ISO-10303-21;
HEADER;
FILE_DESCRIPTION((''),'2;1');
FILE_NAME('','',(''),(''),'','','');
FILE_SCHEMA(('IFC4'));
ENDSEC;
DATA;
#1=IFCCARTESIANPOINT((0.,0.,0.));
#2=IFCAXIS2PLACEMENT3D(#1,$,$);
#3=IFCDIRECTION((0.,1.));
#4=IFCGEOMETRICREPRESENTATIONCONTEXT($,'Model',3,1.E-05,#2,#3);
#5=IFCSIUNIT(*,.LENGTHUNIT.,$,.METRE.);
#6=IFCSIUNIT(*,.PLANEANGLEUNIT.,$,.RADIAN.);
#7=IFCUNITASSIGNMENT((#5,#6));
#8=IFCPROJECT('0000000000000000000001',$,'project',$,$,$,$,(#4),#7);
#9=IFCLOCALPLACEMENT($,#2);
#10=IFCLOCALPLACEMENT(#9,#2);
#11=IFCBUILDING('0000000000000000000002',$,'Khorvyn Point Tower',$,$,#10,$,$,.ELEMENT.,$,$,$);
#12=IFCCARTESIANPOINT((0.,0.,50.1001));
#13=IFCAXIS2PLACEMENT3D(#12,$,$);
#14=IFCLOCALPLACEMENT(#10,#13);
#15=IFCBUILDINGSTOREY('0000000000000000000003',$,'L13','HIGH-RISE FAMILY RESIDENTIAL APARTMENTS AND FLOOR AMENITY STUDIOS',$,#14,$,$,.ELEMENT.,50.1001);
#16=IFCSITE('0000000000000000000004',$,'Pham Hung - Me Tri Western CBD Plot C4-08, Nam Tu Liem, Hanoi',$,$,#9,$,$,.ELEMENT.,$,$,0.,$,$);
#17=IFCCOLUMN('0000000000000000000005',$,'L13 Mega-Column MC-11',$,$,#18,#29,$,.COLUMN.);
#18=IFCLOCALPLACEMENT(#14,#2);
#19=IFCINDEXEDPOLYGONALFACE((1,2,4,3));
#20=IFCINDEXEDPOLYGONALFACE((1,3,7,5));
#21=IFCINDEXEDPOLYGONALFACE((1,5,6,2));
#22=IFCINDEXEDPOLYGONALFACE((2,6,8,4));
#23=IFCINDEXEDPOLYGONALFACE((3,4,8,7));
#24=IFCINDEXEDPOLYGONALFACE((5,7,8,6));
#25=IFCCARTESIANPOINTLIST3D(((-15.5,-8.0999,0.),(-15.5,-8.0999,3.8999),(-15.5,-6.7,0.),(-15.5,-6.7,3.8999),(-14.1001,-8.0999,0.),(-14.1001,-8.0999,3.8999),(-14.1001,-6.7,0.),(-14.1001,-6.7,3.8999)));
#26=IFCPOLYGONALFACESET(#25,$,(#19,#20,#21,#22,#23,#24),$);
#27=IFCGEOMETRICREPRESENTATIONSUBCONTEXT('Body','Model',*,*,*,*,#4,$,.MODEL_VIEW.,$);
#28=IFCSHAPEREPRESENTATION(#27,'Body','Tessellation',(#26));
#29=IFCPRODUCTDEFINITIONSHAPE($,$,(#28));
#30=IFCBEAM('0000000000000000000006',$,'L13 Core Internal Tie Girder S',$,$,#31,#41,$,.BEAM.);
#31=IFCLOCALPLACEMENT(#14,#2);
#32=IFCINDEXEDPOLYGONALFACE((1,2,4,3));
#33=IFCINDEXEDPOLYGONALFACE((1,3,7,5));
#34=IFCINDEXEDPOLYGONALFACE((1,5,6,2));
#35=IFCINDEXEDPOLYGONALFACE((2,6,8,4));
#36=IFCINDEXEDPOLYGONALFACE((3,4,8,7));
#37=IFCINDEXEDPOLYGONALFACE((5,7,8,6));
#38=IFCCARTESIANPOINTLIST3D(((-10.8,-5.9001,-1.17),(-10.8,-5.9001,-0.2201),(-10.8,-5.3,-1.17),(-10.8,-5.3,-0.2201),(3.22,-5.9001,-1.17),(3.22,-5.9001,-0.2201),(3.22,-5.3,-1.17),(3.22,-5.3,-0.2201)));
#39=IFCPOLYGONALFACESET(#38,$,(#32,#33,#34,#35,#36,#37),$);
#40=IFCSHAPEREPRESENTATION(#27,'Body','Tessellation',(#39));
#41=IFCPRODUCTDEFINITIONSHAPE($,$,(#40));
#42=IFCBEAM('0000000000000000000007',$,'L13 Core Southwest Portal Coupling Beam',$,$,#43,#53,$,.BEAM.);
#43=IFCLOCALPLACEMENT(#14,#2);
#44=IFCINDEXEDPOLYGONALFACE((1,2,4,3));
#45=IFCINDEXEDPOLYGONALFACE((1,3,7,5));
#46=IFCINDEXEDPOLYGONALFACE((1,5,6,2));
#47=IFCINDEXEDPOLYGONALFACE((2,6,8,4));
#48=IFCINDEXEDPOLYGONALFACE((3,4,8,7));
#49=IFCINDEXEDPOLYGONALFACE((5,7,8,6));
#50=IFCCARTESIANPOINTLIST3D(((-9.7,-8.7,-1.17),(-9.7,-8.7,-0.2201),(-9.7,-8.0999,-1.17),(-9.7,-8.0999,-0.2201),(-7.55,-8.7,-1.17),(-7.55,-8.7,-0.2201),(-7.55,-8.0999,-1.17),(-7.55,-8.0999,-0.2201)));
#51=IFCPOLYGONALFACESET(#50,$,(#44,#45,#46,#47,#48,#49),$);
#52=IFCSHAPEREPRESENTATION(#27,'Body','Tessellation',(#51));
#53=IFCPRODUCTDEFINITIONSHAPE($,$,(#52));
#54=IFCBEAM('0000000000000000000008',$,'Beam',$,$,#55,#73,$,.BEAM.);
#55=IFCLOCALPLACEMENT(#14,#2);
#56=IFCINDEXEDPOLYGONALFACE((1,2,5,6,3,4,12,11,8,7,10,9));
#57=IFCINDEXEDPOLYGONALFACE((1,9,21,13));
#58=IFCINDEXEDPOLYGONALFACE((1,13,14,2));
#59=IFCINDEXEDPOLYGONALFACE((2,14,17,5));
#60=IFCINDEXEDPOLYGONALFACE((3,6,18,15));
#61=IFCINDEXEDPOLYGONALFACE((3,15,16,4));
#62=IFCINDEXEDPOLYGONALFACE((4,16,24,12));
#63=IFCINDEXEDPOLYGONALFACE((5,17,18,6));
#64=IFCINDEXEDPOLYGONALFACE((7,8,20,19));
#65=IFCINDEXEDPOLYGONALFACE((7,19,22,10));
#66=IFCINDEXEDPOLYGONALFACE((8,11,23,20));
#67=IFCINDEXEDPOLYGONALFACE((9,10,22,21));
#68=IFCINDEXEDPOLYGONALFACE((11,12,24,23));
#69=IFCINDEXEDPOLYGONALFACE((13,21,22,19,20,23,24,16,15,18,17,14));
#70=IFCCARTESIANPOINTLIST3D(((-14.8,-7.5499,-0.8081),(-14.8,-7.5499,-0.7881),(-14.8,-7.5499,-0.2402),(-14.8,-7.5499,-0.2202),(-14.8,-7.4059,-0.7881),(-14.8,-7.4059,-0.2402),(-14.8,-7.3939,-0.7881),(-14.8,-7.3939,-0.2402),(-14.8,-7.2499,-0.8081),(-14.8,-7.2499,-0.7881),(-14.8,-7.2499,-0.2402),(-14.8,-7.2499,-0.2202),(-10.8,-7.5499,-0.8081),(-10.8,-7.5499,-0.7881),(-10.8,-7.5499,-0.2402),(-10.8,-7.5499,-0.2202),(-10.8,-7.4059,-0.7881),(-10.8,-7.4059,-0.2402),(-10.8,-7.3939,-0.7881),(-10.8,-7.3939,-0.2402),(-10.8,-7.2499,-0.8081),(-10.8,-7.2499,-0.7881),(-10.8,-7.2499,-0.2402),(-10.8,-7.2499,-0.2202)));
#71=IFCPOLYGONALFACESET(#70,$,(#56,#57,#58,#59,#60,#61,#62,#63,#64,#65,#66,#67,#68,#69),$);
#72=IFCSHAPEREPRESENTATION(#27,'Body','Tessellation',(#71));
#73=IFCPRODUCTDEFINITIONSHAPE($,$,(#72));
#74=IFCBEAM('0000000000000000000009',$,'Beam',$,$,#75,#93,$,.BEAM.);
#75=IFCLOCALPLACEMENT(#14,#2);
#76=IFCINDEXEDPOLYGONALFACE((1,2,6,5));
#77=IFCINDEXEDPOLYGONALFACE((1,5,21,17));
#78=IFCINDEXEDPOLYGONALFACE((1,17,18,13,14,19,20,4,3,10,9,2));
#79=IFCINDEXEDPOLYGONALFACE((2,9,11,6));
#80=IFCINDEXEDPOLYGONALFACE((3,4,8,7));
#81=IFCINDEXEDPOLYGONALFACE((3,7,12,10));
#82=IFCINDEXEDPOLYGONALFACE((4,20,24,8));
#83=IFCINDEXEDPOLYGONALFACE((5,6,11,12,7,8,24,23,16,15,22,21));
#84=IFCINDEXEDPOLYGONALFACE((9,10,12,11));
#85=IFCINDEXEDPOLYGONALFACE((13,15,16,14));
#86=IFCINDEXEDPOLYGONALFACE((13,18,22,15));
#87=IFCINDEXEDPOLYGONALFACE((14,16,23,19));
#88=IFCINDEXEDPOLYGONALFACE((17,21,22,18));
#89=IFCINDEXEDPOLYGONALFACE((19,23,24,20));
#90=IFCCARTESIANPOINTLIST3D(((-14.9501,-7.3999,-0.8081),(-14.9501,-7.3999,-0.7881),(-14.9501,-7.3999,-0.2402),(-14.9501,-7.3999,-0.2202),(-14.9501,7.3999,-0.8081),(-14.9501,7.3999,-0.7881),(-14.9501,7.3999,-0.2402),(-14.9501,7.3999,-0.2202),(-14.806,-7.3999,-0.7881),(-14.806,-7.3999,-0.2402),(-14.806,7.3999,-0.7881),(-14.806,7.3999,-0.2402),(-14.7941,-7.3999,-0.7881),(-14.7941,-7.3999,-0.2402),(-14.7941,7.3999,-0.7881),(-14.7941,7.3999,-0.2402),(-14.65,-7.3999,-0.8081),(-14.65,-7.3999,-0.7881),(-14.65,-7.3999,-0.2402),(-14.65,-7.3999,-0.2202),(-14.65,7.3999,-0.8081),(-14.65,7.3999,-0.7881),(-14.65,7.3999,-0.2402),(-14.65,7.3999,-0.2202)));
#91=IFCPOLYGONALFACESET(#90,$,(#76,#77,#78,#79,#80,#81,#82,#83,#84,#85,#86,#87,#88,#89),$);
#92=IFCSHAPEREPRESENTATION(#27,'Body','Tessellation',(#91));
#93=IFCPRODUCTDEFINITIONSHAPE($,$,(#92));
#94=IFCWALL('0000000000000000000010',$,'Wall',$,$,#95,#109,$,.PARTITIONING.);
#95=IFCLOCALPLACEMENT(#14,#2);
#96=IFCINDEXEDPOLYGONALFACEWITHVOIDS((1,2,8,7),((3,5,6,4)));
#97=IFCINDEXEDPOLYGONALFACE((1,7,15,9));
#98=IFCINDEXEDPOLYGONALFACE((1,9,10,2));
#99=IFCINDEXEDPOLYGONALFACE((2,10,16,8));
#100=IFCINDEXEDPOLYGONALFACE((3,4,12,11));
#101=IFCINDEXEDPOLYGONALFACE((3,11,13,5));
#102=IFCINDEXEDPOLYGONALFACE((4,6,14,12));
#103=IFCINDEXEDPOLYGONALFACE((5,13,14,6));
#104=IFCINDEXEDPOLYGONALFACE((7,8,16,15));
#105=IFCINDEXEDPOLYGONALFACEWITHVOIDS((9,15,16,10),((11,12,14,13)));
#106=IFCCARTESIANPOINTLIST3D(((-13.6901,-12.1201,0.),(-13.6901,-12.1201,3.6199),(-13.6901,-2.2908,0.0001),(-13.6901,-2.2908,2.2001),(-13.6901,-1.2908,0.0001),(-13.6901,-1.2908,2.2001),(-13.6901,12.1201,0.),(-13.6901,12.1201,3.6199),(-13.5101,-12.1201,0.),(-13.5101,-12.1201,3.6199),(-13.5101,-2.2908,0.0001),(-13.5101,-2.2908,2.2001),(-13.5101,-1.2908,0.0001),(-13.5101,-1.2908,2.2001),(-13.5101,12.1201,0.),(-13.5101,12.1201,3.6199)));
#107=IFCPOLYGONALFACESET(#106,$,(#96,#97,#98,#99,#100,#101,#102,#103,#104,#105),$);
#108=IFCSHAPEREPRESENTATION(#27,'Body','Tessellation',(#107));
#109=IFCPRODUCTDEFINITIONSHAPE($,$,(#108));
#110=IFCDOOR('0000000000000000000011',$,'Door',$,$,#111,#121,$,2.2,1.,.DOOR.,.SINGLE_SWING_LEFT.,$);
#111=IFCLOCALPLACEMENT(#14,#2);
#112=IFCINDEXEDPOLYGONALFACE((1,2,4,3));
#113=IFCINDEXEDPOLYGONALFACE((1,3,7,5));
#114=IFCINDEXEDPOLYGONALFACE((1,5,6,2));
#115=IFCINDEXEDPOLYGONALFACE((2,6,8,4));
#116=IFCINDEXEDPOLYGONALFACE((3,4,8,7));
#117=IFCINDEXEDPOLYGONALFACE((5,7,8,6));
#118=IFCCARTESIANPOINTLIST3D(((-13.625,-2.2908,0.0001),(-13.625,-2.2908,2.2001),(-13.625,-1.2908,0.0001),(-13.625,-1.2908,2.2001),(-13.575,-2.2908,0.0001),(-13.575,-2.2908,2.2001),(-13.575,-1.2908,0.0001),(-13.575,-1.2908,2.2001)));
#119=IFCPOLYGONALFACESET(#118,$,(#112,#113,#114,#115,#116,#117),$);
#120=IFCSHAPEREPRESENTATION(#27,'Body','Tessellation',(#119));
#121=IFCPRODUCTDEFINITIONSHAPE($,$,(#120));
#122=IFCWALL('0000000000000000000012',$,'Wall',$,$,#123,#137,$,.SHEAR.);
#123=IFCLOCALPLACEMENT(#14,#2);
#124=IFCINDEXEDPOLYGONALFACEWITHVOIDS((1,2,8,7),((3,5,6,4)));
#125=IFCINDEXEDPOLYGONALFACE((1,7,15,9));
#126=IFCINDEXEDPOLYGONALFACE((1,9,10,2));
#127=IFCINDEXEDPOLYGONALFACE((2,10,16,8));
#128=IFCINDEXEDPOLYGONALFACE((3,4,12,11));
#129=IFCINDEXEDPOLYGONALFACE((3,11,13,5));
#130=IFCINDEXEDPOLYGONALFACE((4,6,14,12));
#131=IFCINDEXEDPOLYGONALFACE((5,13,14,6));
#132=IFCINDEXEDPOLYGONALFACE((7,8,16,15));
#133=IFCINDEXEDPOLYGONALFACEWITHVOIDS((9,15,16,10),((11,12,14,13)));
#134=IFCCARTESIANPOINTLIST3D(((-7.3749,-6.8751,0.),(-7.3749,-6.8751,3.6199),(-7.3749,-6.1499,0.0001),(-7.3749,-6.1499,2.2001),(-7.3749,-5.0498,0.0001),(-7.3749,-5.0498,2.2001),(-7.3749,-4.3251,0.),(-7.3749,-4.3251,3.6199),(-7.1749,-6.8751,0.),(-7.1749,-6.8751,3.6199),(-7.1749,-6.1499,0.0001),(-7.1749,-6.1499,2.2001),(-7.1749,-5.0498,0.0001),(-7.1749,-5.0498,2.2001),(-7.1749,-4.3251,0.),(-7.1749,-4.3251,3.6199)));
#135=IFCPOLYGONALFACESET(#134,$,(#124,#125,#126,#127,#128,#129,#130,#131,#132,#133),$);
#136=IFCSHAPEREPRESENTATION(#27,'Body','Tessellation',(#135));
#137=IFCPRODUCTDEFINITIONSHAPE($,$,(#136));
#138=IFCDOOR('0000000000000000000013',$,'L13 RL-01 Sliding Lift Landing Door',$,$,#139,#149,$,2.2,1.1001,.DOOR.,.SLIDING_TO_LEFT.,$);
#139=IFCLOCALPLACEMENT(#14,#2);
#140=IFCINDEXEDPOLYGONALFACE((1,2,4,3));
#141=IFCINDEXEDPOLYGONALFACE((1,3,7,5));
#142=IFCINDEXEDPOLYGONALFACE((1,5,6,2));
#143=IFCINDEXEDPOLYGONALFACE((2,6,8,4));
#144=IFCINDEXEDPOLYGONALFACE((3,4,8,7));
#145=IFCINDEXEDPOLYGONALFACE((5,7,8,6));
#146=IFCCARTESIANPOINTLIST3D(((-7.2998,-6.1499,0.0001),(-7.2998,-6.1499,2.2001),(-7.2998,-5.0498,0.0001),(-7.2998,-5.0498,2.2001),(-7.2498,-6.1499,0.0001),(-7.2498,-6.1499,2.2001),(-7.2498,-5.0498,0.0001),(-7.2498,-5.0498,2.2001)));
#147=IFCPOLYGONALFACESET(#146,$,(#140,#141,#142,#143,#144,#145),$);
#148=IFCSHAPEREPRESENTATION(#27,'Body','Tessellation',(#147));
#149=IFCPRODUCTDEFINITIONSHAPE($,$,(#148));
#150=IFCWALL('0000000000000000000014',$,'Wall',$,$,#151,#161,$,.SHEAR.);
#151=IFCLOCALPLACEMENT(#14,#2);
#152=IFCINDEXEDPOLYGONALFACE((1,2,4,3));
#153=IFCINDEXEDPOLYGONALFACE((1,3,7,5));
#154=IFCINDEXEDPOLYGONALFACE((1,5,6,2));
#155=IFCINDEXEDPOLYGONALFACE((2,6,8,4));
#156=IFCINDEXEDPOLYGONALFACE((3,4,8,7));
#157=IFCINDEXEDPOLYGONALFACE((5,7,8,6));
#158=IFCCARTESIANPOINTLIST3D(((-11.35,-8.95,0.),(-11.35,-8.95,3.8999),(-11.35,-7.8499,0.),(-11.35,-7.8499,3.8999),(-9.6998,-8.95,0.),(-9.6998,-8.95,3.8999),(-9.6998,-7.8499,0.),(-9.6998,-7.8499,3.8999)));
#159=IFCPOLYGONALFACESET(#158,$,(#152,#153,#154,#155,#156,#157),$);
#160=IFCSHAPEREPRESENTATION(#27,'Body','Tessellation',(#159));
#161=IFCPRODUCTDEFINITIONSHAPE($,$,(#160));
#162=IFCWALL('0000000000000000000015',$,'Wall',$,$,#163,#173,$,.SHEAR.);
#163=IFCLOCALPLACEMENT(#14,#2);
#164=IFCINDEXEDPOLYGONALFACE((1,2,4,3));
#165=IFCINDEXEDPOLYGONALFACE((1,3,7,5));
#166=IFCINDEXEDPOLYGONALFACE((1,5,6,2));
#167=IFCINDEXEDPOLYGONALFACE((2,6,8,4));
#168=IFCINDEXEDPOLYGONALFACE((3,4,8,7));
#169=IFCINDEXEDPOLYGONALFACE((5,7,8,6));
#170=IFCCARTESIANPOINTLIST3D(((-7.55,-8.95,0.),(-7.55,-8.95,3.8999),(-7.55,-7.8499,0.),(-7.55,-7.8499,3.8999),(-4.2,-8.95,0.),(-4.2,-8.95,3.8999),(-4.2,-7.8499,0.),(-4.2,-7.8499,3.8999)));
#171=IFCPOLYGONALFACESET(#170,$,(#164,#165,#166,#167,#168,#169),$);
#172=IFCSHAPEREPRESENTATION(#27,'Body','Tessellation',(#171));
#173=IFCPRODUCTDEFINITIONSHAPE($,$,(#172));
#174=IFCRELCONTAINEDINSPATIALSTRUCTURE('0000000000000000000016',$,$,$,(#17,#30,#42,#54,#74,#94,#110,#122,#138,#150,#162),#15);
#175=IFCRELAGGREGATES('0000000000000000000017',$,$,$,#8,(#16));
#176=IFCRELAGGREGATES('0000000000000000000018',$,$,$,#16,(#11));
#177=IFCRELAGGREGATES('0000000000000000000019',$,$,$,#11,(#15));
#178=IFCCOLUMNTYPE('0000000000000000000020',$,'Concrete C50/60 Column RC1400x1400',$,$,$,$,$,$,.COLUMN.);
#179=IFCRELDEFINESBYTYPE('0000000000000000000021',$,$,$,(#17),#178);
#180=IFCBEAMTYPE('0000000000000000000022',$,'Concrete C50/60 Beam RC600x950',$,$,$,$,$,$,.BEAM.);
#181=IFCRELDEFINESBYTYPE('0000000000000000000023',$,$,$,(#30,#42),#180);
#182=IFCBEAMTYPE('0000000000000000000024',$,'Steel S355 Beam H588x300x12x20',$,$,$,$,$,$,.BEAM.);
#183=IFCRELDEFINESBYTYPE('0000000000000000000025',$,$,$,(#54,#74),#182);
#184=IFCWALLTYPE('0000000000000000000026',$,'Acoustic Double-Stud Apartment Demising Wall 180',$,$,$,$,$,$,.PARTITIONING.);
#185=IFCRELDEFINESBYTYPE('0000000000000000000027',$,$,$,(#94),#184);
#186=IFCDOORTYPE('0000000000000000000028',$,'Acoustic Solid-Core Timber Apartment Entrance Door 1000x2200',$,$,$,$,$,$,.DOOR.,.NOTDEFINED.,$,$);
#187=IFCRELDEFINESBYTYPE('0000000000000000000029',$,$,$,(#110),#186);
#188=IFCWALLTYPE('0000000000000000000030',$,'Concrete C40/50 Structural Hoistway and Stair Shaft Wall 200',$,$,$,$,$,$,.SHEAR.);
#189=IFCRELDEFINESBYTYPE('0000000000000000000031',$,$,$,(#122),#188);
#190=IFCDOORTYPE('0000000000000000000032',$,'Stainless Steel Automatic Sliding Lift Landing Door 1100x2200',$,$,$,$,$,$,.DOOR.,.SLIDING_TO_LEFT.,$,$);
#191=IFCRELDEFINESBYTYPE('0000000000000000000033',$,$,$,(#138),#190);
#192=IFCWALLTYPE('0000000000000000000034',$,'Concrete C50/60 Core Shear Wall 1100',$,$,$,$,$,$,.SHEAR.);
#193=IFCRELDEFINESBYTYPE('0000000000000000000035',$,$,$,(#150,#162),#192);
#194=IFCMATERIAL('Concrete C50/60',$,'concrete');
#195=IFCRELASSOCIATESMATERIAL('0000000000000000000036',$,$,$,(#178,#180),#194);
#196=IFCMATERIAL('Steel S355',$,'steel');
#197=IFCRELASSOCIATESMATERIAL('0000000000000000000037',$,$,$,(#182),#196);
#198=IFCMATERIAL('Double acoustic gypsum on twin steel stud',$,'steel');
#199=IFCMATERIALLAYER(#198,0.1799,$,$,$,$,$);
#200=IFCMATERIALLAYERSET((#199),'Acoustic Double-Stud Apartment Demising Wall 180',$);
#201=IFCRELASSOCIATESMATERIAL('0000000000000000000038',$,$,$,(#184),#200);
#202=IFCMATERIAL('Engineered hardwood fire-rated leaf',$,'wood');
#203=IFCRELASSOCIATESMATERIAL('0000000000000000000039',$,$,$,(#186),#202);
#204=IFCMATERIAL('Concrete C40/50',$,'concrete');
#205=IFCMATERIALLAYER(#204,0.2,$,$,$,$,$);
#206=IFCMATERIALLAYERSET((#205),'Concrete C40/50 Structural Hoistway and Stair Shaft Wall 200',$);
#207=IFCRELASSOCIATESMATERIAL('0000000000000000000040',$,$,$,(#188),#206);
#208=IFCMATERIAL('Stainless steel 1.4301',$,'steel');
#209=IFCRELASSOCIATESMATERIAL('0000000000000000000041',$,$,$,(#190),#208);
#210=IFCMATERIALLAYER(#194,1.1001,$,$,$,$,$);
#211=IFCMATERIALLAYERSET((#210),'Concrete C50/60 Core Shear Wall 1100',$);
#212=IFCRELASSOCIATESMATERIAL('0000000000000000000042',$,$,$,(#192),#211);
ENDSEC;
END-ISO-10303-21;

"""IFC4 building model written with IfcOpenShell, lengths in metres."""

from ifc_helpers import new_model, si_unit, direction, frame, frame_2d, origin, origin_2d, place, context, subcontext, project, spatial, rectangle, i_section, extrude, material, layer, layer_set, material_profile, profile_set, type_object, element, fill, save


model = new_model("IFC4")

# Units and contexts
model_context = context("Model", 3, precision=1e-05, world=origin(), true_north=direction((0.0, 1.0)))
body_context = subcontext(model_context, "Body", "Model", "MODEL_VIEW")
ifc_project = project(units=[si_unit("LENGTHUNIT", "METRE"), si_unit("PLANEANGLEUNIT", "RADIAN")], contexts=[model_context])

# Site, building, storey
site_placement = place(None, origin())
site = spatial("IfcSite", under=ifc_project, at=site_placement, Name="Pham Hung - Me Tri Western CBD Plot C4-08, Nam Tu Liem, Hanoi", CompositionType="ELEMENT", RefElevation=0.0)
building_placement = place(site_placement, origin())
building = spatial("IfcBuilding", under=site, at=building_placement, Name="Khorvyn Point Tower", CompositionType="ELEMENT")
storey_placement = place(building_placement, frame((0.0, 0.0, 50.1001)))
storey = spatial("IfcBuildingStorey", under=building, at=storey_placement, Name="L13", Description="HIGH-RISE FAMILY RESIDENTIAL APARTMENTS AND FLOOR AMENITY STUDIOS", CompositionType="ELEMENT", Elevation=50.1001)

# Column
ifc_material_1 = material(Name="Concrete C50/60", Category="concrete")
ifc_material_profile_1 = material_profile(ifc_material_1, rectangle(XDim=1.3999, YDim=1.3999, at=origin_2d()))
ifc_profile_set_1 = profile_set([ifc_material_profile_1], Name="Concrete C50/60 RC1400x1400")
column_type = type_object("IfcColumnType", Name="Concrete C50/60 Column RC1400x1400", PredefinedType="COLUMN", material=ifc_profile_set_1)
column_placement = place(storey_placement, frame((-14.8, -7.3999, 0.0), z_axis=(0.0, 0.0, 1.0), x_axis=(1.0, 0.0, 0.0)))
element("IfcColumn", 1, at=column_placement, inside=storey, type_object=column_type, Name="L13 Mega-Column MC-11", PredefinedType="COLUMN", context=body_context, shape_type="SweptSolid", body=[
    extrude(rectangle(XDim=1.3999, YDim=1.3999, at=origin_2d()), origin(), (0.0, 0.0, 1.0), 3.8999),
])

# Beams
ifc_material_profile_2 = material_profile(ifc_material_1, rectangle(XDim=0.6001, YDim=0.95, at=origin_2d()))
ifc_profile_set_2 = profile_set([ifc_material_profile_2], Name="Concrete C50/60 RC600x950")
beam_type_1 = type_object("IfcBeamType", Name="Concrete C50/60 Beam RC600x950", PredefinedType="BEAM", material=ifc_profile_set_2)
beam_1_placement = place(storey_placement, frame((-10.8, -5.6001, -0.6951), z_axis=(1.0, 0.0, 0.0), x_axis=(0.0, 1.0, 0.0)))
element("IfcBeam", 2, at=beam_1_placement, inside=storey, type_object=beam_type_1, Name="L13 Core Internal Tie Girder S", PredefinedType="BEAM", context=body_context, shape_type="SweptSolid", body=[
    extrude(rectangle(XDim=0.6001, YDim=0.95, at=origin_2d()), origin(), (0.0, 0.0, 1.0), 14.02),
])
beam_2_placement = place(storey_placement, frame((-9.7, -8.3999, -0.6951), z_axis=(1.0, 0.0, 0.0), x_axis=(0.0, 1.0, 0.0)))
element("IfcBeam", 3, at=beam_2_placement, inside=storey, type_object=beam_type_1, Name="L13 Core Southwest Portal Coupling Beam", PredefinedType="BEAM", context=body_context, shape_type="SweptSolid", body=[
    extrude(rectangle(XDim=0.6001, YDim=0.95, at=origin_2d()), origin(), (0.0, 0.0, 1.0), 2.1499),
])
ifc_material_2 = material(Name="Steel S355", Category="steel")
ifc_material_profile_3 = material_profile(ifc_material_2, i_section(OverallWidth=0.3, OverallDepth=0.5879, WebThickness=0.012, FlangeThickness=0.02, at=origin_2d()))
ifc_profile_set_3 = profile_set([ifc_material_profile_3], Name="Steel S355 H588x300x12x20")
beam_type_2 = type_object("IfcBeamType", Name="Steel S355 Beam H588x300x12x20", PredefinedType="BEAM", material=ifc_profile_set_3)
beam_3_placement = place(storey_placement, frame((-14.8, -7.3999, -0.5142), z_axis=(1.0, 0.0, 0.0), x_axis=(0.0, 1.0, 0.0)))
element("IfcBeam", 4, at=beam_3_placement, inside=storey, type_object=beam_type_2, Name="Beam", PredefinedType="BEAM", context=body_context, shape_type="SweptSolid", body=[
    extrude(i_section(OverallWidth=0.3, OverallDepth=0.5879, WebThickness=0.012, FlangeThickness=0.02, at=origin_2d()), origin(), (0.0, 0.0, 1.0), 4.0),
])
beam_4_placement = place(storey_placement, frame((-14.8, -7.3999, -0.5142), z_axis=(0.0, 1.0, 0.0), x_axis=(-1.0, 0.0, 0.0)))
element("IfcBeam", 5, at=beam_4_placement, inside=storey, type_object=beam_type_2, Name="Beam", PredefinedType="BEAM", context=body_context, shape_type="SweptSolid", body=[
    extrude(i_section(OverallWidth=0.3, OverallDepth=0.5879, WebThickness=0.012, FlangeThickness=0.02, at=origin_2d()), origin(), (0.0, 0.0, 1.0), 14.7998),
])

# Walls, openings, doors
ifc_material_3 = material(Name="Double acoustic gypsum on twin steel stud", Category="steel")
ifc_layer_1 = layer(ifc_material_3, 0.1799)
ifc_layer_set_1 = layer_set([ifc_layer_1], Name="Acoustic Double-Stud Apartment Demising Wall 180")
wall_type_1 = type_object("IfcWallType", Name="Acoustic Double-Stud Apartment Demising Wall 180", PredefinedType="PARTITIONING", material=ifc_layer_set_1)
wall_1_placement = place(storey_placement, frame((-13.6001, -12.1201, 0.0), z_axis=(0.0, 0.0, 1.0), x_axis=(0.0, 1.0, 0.0)))
wall_1 = element("IfcWall", 6, at=wall_1_placement, inside=storey, type_object=wall_type_1, Name="Wall", PredefinedType="PARTITIONING", context=body_context, shape_type="SweptSolid", body=[
    extrude(rectangle(XDim=24.2402, YDim=0.1799, at=frame_2d((12.1201, 0.0))), origin(), (0.0, 0.0, 1.0), 3.6199),
])
opening_1_placement = place(wall_1_placement, frame((9.8293, 0.0, 0.0)))
opening_1 = element("IfcOpeningElement", 7, at=opening_1_placement, cuts=wall_1, PredefinedType="OPENING", context=body_context, shape_type="SweptSolid", body=[
    extrude(rectangle(XDim=1.0, YDim=2.2, at=frame_2d((0.5, 1.1001))), frame((0.0, 0.0999, 0.0), z_axis=(0.0, -1.0, 0.0), x_axis=(1.0, 0.0, 0.0)), (0.0, 0.0, 1.0), 0.2),
])
ifc_material_4 = material(Name="Engineered hardwood fire-rated leaf", Category="wood")
door_type_1 = type_object("IfcDoorType", Name="Acoustic Solid-Core Timber Apartment Entrance Door 1000x2200", OperationType="NOTDEFINED", PredefinedType="DOOR", material=ifc_material_4)
door_1_placement = place(opening_1_placement, origin())
door_1 = element("IfcDoor", 8, at=door_1_placement, inside=storey, type_object=door_type_1, Name="Door", OperationType="SINGLE_SWING_LEFT", OverallHeight=2.2, OverallWidth=1.0, PredefinedType="DOOR", context=body_context, shape_type="SweptSolid", body=[
    extrude(rectangle(XDim=1.0, YDim=2.2, at=frame_2d((0.5, 1.1001))), frame((0.0, 0.0249, 0.0), z_axis=(0.0, -1.0, 0.0), x_axis=(1.0, 0.0, 0.0)), (0.0, 0.0, 1.0), 0.05),
])
fill(opening_1, door_1)
ifc_material_5 = material(Name="Concrete C40/50", Category="concrete")
ifc_layer_2 = layer(ifc_material_5, 0.2)
ifc_layer_set_2 = layer_set([ifc_layer_2], Name="Concrete C40/50 Structural Hoistway and Stair Shaft Wall 200")
wall_type_2 = type_object("IfcWallType", Name="Concrete C40/50 Structural Hoistway and Stair Shaft Wall 200", PredefinedType="SHEAR", material=ifc_layer_set_2)
wall_2_placement = place(storey_placement, frame((-7.2749, -6.875, 0.0), z_axis=(0.0, 0.0, 1.0), x_axis=(0.0, 1.0, 0.0)))
wall_2 = element("IfcWall", 9, at=wall_2_placement, inside=storey, type_object=wall_type_2, Name="Wall", PredefinedType="SHEAR", context=body_context, shape_type="SweptSolid", body=[
    extrude(rectangle(XDim=2.55, YDim=0.2, at=frame_2d((1.2749, 0.0))), origin(), (0.0, 0.0, 1.0), 3.6199),
])
opening_2_placement = place(wall_2_placement, frame((0.7251, 0.0, 0.0)))
opening_2 = element("IfcOpeningElement", 10, at=opening_2_placement, cuts=wall_2, PredefinedType="OPENING", context=body_context, shape_type="SweptSolid", body=[
    extrude(rectangle(XDim=1.1001, YDim=2.2, at=frame_2d((0.55, 1.1001))), frame((0.0, 0.1099, 0.0), z_axis=(0.0, -1.0, 0.0), x_axis=(1.0, 0.0, 0.0)), (0.0, 0.0, 1.0), 0.22),
])
ifc_material_6 = material(Name="Stainless steel 1.4301", Category="steel")
door_type_2 = type_object("IfcDoorType", Name="Stainless Steel Automatic Sliding Lift Landing Door 1100x2200", OperationType="SLIDING_TO_LEFT", PredefinedType="DOOR", material=ifc_material_6)
door_2_placement = place(opening_2_placement, origin())
door_2 = element("IfcDoor", 11, at=door_2_placement, inside=storey, type_object=door_type_2, Name="L13 RL-01 Sliding Lift Landing Door", OperationType="SLIDING_TO_LEFT", OverallHeight=2.2, OverallWidth=1.1001, PredefinedType="DOOR", context=body_context, shape_type="SweptSolid", body=[
    extrude(rectangle(XDim=1.1001, YDim=2.2, at=frame_2d((0.55, 1.1001))), frame((0.0, 0.0249, 0.0), z_axis=(0.0, -1.0, 0.0), x_axis=(1.0, 0.0, 0.0)), (0.0, 0.0, 1.0), 0.05),
])
fill(opening_2, door_2)

# Walls
ifc_layer_3 = layer(ifc_material_1, 1.1001)
ifc_layer_set_3 = layer_set([ifc_layer_3], Name="Concrete C50/60 Core Shear Wall 1100")
wall_type_3 = type_object("IfcWallType", Name="Concrete C50/60 Core Shear Wall 1100", PredefinedType="SHEAR", material=ifc_layer_set_3)
wall_3_placement = place(storey_placement, frame((-11.3501, -8.3999, 0.0), z_axis=(0.0, 0.0, 1.0), x_axis=(1.0, 0.0, 0.0)))
element("IfcWall", 12, at=wall_3_placement, inside=storey, type_object=wall_type_3, Name="Wall", PredefinedType="SHEAR", context=body_context, shape_type="SweptSolid", body=[
    extrude(rectangle(XDim=1.6501, YDim=1.1001, at=frame_2d((0.8252, 0.0))), origin(), (0.0, 0.0, 1.0), 3.8999),
])
wall_4_placement = place(storey_placement, frame((-7.55, -8.3999, 0.0), z_axis=(0.0, 0.0, 1.0), x_axis=(1.0, 0.0, 0.0)))
element("IfcWall", 13, at=wall_4_placement, inside=storey, type_object=wall_type_3, Name="Wall", PredefinedType="SHEAR", context=body_context, shape_type="SweptSolid", body=[
    extrude(rectangle(XDim=3.3501, YDim=1.1001, at=frame_2d((1.675, 0.0))), origin(), (0.0, 0.0, 1.0), 3.8999),
])

save(model, "model.ifc")
